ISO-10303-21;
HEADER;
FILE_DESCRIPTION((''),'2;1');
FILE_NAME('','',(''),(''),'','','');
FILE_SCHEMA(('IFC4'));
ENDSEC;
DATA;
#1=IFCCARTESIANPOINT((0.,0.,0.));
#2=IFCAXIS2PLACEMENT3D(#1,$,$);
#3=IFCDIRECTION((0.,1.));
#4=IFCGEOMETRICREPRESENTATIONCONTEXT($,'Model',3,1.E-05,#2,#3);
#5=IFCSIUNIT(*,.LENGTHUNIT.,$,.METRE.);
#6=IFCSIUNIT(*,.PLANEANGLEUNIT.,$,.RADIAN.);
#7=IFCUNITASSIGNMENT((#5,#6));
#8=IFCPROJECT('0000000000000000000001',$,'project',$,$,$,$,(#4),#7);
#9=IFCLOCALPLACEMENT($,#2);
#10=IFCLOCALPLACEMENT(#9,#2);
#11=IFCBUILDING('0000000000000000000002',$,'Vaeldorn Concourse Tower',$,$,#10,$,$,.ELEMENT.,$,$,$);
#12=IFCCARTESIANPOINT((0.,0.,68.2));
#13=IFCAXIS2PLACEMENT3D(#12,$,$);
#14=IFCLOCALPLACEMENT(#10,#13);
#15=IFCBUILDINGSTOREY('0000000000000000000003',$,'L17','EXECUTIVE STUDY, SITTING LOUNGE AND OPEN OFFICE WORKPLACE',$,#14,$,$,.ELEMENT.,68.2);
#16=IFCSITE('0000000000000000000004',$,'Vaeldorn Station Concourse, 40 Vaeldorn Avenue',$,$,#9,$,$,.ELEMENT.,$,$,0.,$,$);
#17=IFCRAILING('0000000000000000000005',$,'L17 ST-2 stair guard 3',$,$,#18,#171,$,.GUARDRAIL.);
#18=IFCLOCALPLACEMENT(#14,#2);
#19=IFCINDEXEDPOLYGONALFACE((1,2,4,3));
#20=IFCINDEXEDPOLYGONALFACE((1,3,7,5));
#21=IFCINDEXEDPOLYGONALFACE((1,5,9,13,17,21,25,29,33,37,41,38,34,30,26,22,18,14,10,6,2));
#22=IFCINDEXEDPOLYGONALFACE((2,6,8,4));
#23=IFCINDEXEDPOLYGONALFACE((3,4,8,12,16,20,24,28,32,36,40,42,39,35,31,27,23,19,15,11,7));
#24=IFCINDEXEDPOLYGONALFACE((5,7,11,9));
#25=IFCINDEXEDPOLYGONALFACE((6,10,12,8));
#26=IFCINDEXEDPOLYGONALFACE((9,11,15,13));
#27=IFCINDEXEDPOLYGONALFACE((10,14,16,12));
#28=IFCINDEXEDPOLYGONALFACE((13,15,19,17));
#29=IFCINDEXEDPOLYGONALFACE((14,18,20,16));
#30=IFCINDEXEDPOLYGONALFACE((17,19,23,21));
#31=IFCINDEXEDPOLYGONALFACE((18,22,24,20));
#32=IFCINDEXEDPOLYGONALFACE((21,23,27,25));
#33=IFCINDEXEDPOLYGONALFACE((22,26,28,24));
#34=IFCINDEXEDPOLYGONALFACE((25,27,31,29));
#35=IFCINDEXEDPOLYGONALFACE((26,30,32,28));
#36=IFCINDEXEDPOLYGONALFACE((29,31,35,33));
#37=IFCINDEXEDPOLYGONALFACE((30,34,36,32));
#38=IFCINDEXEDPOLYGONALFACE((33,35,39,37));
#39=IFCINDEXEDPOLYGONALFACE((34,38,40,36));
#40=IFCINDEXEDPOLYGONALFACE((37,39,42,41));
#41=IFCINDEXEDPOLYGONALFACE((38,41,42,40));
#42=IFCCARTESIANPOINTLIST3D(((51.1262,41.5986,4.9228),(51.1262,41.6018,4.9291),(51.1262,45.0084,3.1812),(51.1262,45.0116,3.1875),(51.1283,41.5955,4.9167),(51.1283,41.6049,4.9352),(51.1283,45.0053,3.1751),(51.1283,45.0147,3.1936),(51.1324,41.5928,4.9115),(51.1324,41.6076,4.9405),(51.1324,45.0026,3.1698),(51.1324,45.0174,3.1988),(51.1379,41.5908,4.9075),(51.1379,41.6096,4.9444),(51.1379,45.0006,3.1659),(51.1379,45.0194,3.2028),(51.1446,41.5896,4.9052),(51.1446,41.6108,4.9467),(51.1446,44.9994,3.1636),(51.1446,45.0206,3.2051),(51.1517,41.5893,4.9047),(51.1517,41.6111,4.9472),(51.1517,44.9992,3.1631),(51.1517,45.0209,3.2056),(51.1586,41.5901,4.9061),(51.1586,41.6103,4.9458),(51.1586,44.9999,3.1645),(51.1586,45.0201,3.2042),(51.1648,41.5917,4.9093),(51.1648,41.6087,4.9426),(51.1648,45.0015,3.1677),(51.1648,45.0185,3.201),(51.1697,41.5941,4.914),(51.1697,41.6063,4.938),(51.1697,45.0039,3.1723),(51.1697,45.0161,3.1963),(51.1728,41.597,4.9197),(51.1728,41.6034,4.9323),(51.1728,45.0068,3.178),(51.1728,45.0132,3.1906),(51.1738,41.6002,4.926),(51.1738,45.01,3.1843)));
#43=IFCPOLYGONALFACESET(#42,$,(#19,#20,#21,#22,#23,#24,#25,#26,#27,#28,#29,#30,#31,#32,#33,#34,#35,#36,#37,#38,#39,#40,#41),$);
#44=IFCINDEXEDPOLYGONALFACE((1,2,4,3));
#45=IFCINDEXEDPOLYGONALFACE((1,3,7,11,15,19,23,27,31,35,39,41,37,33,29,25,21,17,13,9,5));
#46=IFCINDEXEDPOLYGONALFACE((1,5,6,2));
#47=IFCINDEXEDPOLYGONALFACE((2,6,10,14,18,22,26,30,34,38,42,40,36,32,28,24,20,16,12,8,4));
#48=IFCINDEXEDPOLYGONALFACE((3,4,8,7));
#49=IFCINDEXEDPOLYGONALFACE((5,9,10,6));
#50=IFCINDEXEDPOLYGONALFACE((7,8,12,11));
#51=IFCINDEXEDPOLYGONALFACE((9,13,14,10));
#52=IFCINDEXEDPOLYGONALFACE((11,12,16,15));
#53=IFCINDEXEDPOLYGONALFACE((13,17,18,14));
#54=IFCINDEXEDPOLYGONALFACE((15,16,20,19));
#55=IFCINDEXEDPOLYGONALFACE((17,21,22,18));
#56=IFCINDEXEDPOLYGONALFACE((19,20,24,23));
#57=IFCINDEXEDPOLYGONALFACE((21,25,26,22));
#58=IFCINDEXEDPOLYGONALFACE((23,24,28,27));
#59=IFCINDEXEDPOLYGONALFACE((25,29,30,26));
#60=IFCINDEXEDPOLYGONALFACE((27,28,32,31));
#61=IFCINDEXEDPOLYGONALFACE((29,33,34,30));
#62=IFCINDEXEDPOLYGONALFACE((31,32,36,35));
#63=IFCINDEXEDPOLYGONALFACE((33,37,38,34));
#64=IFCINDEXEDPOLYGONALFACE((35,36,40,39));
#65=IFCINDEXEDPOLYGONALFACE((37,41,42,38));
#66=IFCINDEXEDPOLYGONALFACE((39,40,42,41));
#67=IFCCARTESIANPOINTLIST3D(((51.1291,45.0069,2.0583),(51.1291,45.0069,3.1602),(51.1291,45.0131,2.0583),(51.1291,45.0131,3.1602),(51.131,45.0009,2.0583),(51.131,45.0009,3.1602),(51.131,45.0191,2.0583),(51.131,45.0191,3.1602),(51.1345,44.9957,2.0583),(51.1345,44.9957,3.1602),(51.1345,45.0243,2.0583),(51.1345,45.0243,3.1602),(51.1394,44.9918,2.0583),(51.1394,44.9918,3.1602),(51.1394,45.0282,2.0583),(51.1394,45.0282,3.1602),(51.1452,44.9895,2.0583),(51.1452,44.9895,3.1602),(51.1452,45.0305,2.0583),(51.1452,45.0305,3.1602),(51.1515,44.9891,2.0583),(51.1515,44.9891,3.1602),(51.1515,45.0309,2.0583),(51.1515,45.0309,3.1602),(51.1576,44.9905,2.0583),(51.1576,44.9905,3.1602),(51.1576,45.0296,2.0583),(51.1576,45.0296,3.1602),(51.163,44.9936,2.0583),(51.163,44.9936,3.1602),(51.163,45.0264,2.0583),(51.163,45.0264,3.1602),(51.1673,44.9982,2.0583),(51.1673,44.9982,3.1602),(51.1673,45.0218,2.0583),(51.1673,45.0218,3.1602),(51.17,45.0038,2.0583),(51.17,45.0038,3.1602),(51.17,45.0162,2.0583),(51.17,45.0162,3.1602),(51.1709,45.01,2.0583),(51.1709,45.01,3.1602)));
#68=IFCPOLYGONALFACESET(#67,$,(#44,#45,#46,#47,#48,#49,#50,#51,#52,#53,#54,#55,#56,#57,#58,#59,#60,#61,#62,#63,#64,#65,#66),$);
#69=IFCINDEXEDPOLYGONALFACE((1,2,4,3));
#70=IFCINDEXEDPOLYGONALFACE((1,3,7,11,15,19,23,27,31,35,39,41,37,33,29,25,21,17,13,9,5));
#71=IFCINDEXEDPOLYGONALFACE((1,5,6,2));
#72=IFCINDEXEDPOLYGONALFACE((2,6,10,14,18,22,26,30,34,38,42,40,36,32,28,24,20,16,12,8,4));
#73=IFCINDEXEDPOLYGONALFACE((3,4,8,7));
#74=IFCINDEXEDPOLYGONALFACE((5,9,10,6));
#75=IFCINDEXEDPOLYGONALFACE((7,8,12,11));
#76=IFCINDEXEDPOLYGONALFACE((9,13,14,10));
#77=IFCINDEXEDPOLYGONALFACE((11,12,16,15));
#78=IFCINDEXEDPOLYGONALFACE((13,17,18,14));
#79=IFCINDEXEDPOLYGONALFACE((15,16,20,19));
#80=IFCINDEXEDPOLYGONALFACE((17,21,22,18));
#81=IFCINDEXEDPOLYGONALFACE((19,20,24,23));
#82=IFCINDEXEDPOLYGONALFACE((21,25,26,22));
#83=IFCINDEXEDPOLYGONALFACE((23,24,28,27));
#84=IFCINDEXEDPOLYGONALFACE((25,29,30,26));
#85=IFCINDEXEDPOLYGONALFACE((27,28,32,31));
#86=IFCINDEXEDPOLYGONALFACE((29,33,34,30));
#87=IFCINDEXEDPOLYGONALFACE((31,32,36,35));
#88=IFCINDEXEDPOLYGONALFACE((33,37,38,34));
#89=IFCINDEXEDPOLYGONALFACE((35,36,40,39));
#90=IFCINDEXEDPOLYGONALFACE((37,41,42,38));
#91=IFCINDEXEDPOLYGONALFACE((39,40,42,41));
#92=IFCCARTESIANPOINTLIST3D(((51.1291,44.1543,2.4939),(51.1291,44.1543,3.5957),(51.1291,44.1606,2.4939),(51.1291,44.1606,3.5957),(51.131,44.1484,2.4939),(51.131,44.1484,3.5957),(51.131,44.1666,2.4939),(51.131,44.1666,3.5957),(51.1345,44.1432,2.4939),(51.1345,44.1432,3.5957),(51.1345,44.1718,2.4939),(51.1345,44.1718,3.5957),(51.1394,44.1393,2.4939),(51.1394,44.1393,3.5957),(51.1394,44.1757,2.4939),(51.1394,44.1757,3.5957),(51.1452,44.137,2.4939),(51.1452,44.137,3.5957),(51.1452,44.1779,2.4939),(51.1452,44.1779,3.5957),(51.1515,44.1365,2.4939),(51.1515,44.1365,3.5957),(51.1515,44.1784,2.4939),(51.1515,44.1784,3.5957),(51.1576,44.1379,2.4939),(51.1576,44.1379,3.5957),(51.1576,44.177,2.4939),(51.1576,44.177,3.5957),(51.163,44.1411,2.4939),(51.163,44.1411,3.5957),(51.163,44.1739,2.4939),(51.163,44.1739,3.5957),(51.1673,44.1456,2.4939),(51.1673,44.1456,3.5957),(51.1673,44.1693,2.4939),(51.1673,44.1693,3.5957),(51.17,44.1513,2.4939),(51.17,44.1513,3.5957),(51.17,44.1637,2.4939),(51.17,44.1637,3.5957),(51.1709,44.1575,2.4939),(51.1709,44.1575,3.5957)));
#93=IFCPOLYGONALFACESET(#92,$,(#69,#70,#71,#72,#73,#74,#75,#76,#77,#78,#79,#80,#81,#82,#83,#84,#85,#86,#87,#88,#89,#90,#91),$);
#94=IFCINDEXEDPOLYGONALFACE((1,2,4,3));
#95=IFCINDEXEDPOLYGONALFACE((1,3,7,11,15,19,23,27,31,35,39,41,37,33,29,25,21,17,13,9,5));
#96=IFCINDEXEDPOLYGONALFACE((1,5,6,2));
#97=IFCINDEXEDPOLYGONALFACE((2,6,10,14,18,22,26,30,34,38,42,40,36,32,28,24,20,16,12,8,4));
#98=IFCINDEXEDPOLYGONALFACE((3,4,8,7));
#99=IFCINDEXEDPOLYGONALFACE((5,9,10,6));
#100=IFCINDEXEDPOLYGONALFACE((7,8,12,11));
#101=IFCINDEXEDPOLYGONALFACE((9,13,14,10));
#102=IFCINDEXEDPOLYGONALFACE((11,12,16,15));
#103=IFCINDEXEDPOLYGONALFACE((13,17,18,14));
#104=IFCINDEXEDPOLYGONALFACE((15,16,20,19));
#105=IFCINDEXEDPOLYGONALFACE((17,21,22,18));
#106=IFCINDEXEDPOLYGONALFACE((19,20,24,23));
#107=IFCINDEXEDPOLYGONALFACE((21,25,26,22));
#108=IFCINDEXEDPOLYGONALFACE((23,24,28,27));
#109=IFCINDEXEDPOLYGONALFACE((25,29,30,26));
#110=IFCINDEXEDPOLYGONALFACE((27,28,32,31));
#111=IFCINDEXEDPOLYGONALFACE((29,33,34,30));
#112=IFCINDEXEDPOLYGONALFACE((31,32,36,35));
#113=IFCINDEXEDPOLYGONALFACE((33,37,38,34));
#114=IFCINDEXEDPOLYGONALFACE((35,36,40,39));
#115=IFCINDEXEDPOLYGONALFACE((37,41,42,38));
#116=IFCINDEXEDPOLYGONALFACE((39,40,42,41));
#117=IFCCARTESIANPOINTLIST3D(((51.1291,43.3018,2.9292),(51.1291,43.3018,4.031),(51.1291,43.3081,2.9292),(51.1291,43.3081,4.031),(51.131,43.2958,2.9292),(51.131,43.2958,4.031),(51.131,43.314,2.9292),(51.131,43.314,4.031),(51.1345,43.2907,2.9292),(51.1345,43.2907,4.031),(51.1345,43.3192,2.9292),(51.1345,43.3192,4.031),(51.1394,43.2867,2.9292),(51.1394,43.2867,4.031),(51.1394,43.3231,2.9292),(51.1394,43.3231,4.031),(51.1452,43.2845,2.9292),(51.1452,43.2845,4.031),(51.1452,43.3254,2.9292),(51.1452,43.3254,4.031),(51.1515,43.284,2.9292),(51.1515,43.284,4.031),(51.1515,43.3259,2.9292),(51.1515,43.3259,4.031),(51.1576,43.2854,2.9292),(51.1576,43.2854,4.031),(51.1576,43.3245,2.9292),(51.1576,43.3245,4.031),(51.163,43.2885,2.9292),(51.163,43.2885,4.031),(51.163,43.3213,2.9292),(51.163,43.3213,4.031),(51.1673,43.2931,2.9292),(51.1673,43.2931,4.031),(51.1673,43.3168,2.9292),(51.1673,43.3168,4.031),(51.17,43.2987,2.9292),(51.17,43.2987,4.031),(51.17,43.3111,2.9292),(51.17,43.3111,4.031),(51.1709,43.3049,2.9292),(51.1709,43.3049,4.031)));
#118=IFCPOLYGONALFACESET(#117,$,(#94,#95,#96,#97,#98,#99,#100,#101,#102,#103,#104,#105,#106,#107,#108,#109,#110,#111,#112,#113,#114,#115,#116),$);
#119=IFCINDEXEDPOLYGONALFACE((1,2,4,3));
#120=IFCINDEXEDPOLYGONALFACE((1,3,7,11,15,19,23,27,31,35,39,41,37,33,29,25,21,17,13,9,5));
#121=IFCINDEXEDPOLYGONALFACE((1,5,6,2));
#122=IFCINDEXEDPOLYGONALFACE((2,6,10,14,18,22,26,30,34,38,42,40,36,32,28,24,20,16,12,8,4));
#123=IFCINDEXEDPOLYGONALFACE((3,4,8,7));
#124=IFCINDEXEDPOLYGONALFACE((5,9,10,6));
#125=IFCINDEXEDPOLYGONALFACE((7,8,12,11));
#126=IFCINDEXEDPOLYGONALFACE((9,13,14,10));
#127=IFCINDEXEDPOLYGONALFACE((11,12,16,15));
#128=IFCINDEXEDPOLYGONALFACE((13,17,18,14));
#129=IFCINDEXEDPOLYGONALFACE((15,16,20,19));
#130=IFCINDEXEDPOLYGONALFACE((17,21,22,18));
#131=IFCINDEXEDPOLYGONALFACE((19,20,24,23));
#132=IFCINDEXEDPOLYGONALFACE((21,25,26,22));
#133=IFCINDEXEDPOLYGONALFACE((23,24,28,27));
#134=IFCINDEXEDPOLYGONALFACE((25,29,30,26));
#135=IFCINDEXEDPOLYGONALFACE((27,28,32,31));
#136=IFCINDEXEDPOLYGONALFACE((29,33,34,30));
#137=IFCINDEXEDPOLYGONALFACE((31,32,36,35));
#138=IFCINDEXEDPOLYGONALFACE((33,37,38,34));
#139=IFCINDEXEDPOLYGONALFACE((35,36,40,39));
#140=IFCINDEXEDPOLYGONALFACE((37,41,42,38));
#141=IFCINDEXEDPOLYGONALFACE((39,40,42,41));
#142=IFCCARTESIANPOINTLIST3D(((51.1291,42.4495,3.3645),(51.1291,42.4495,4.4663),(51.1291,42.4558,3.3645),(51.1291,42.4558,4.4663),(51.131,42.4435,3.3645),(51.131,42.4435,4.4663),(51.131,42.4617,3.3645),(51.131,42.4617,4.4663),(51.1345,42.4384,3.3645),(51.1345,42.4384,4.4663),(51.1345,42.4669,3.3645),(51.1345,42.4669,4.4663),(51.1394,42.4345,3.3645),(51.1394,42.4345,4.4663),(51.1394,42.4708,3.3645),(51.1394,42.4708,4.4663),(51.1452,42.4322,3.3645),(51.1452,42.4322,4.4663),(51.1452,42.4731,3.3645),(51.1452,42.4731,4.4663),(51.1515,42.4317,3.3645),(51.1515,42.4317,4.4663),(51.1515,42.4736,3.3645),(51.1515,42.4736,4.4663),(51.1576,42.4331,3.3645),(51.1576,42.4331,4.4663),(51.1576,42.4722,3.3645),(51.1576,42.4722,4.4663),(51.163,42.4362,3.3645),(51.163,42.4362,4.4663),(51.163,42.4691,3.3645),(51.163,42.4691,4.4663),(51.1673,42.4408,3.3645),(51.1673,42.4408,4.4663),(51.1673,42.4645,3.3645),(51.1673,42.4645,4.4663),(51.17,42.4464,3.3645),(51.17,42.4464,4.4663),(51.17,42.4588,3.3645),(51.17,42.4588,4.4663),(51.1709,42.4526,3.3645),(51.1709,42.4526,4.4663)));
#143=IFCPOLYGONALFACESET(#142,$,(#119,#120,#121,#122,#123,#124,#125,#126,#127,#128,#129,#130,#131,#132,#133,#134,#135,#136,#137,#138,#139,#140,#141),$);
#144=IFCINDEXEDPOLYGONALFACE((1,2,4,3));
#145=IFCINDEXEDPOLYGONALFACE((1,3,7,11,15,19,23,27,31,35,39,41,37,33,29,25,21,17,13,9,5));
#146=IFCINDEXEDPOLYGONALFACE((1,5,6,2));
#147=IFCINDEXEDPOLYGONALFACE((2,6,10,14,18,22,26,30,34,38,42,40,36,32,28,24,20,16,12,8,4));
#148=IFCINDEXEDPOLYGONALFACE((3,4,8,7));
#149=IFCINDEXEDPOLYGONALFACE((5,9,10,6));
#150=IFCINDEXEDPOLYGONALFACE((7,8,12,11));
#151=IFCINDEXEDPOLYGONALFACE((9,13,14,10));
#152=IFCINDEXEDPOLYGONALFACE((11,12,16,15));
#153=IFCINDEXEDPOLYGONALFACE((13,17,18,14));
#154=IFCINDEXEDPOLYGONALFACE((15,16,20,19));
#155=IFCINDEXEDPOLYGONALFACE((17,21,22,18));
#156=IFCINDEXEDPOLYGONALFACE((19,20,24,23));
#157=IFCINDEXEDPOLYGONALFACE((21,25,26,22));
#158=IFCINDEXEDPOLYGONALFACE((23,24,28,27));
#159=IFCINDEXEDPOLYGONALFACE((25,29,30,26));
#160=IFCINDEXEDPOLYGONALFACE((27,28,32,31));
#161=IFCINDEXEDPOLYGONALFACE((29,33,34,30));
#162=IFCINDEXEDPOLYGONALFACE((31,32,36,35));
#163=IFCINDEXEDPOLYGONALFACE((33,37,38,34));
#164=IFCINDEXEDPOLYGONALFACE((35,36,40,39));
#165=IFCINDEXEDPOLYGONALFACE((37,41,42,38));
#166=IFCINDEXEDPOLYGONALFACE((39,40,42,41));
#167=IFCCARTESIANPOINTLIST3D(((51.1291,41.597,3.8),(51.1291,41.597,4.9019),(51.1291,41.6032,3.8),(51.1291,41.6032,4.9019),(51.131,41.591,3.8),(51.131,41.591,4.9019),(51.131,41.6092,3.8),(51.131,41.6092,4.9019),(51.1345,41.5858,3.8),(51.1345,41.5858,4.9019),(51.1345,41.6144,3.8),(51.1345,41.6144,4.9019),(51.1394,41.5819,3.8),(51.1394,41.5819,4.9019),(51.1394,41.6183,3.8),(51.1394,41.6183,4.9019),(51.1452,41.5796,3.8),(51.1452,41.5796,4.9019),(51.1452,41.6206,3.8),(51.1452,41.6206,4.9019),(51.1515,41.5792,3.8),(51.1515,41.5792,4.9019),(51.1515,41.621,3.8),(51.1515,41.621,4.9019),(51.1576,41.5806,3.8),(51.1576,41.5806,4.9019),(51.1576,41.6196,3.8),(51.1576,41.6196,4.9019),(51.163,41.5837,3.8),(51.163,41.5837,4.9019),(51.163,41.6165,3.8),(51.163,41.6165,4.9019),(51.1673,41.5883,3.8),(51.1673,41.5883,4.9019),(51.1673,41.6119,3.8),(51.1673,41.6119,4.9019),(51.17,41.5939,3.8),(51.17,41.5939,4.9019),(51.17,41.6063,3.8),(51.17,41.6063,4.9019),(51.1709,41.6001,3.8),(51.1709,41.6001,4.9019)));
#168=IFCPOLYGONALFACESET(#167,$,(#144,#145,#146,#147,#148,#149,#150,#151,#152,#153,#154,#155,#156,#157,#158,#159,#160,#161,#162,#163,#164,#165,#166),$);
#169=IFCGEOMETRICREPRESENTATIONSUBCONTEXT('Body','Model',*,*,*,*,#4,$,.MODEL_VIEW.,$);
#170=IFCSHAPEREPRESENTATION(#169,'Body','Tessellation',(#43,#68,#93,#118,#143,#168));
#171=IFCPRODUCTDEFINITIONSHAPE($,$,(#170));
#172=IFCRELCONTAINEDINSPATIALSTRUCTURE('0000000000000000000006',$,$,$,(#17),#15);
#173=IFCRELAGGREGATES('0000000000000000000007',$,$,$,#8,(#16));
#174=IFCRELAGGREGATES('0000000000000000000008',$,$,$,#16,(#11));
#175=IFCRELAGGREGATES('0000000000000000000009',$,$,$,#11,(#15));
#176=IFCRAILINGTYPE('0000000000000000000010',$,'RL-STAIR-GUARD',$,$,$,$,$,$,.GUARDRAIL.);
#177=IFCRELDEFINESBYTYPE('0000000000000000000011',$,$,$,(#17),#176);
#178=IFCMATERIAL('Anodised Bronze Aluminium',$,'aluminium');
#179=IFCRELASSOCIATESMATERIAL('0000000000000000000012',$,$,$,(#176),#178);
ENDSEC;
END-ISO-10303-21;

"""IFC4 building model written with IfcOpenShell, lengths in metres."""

from ifc_helpers import new_model, si_unit, direction, frame, origin, origin_2d, place, context, subcontext, project, spatial, circle, extrude, material, type_object, element, save


model = new_model("IFC4")

# Units and contexts
model_context = context("Model", 3, precision=1e-05, world=origin(), true_north=direction((0.0, 1.0)))
body_context = subcontext(model_context, "Body", "Model", "MODEL_VIEW")
ifc_project = project(units=[si_unit("LENGTHUNIT", "METRE"), si_unit("PLANEANGLEUNIT", "RADIAN")], contexts=[model_context])

# Site, building, storey
site_placement = place(None, origin())
site = spatial("IfcSite", under=ifc_project, at=site_placement, Name="Vaeldorn Station Concourse, 40 Vaeldorn Avenue", CompositionType="ELEMENT", RefElevation=0.0)
building_placement = place(site_placement, origin())
building = spatial("IfcBuilding", under=site, at=building_placement, Name="Vaeldorn Concourse Tower", CompositionType="ELEMENT")
storey_placement = place(building_placement, frame((0.0, 0.0, 68.2)))
storey = spatial("IfcBuildingStorey", under=building, at=storey_placement, Name="L17", Description="EXECUTIVE STUDY, SITTING LOUNGE AND OPEN OFFICE WORKPLACE", CompositionType="ELEMENT", Elevation=68.2)

# Shared definitions
ifc_material_1 = material(Name="Anodised Bronze Aluminium", Category="aluminium")

# Railing
railing_type_1 = type_object("IfcRailingType", Name="RL-STAIR-GUARD", PredefinedType="GUARDRAIL", material=ifc_material_1)
railing_1_placement = place(storey_placement, frame((51.1499, 45.01, 2.0583)))
element("IfcRailing", 1, at=railing_1_placement, inside=storey, type_object=railing_type_1, Name="L17 ST-2 stair guard 3", PredefinedType="GUARDRAIL", context=body_context, shape_type="SweptSolid", body=[
    extrude(circle(Radius=0.0239, at=origin_2d()), frame((0.0, 0.0, 1.126), z_axis=(0.0, -0.890556, 0.454874), x_axis=(1.0, 0.0, 0.0)), (0.0, 0.0, 1.0), 3.8289),
    extrude(circle(Radius=0.021, at=origin_2d()), origin(), (0.0, 0.0, 1.0), 1.1018),
    extrude(circle(Radius=0.021, at=origin_2d()), frame((0.0, -0.8525, 0.4355)), (0.0, 0.0, 1.0), 1.1018),
    extrude(circle(Radius=0.021, at=origin_2d()), frame((0.0, -1.7051, 0.8708)), (0.0, 0.0, 1.0), 1.1018),
    extrude(circle(Radius=0.021, at=origin_2d()), frame((0.0, -2.5574, 1.3062)), (0.0, 0.0, 1.0), 1.1018),
    extrude(circle(Radius=0.021, at=origin_2d()), frame((0.0, -3.4099, 1.7417)), (0.0, 0.0, 1.0), 1.1018),
])

save(model, "model.ifc")
